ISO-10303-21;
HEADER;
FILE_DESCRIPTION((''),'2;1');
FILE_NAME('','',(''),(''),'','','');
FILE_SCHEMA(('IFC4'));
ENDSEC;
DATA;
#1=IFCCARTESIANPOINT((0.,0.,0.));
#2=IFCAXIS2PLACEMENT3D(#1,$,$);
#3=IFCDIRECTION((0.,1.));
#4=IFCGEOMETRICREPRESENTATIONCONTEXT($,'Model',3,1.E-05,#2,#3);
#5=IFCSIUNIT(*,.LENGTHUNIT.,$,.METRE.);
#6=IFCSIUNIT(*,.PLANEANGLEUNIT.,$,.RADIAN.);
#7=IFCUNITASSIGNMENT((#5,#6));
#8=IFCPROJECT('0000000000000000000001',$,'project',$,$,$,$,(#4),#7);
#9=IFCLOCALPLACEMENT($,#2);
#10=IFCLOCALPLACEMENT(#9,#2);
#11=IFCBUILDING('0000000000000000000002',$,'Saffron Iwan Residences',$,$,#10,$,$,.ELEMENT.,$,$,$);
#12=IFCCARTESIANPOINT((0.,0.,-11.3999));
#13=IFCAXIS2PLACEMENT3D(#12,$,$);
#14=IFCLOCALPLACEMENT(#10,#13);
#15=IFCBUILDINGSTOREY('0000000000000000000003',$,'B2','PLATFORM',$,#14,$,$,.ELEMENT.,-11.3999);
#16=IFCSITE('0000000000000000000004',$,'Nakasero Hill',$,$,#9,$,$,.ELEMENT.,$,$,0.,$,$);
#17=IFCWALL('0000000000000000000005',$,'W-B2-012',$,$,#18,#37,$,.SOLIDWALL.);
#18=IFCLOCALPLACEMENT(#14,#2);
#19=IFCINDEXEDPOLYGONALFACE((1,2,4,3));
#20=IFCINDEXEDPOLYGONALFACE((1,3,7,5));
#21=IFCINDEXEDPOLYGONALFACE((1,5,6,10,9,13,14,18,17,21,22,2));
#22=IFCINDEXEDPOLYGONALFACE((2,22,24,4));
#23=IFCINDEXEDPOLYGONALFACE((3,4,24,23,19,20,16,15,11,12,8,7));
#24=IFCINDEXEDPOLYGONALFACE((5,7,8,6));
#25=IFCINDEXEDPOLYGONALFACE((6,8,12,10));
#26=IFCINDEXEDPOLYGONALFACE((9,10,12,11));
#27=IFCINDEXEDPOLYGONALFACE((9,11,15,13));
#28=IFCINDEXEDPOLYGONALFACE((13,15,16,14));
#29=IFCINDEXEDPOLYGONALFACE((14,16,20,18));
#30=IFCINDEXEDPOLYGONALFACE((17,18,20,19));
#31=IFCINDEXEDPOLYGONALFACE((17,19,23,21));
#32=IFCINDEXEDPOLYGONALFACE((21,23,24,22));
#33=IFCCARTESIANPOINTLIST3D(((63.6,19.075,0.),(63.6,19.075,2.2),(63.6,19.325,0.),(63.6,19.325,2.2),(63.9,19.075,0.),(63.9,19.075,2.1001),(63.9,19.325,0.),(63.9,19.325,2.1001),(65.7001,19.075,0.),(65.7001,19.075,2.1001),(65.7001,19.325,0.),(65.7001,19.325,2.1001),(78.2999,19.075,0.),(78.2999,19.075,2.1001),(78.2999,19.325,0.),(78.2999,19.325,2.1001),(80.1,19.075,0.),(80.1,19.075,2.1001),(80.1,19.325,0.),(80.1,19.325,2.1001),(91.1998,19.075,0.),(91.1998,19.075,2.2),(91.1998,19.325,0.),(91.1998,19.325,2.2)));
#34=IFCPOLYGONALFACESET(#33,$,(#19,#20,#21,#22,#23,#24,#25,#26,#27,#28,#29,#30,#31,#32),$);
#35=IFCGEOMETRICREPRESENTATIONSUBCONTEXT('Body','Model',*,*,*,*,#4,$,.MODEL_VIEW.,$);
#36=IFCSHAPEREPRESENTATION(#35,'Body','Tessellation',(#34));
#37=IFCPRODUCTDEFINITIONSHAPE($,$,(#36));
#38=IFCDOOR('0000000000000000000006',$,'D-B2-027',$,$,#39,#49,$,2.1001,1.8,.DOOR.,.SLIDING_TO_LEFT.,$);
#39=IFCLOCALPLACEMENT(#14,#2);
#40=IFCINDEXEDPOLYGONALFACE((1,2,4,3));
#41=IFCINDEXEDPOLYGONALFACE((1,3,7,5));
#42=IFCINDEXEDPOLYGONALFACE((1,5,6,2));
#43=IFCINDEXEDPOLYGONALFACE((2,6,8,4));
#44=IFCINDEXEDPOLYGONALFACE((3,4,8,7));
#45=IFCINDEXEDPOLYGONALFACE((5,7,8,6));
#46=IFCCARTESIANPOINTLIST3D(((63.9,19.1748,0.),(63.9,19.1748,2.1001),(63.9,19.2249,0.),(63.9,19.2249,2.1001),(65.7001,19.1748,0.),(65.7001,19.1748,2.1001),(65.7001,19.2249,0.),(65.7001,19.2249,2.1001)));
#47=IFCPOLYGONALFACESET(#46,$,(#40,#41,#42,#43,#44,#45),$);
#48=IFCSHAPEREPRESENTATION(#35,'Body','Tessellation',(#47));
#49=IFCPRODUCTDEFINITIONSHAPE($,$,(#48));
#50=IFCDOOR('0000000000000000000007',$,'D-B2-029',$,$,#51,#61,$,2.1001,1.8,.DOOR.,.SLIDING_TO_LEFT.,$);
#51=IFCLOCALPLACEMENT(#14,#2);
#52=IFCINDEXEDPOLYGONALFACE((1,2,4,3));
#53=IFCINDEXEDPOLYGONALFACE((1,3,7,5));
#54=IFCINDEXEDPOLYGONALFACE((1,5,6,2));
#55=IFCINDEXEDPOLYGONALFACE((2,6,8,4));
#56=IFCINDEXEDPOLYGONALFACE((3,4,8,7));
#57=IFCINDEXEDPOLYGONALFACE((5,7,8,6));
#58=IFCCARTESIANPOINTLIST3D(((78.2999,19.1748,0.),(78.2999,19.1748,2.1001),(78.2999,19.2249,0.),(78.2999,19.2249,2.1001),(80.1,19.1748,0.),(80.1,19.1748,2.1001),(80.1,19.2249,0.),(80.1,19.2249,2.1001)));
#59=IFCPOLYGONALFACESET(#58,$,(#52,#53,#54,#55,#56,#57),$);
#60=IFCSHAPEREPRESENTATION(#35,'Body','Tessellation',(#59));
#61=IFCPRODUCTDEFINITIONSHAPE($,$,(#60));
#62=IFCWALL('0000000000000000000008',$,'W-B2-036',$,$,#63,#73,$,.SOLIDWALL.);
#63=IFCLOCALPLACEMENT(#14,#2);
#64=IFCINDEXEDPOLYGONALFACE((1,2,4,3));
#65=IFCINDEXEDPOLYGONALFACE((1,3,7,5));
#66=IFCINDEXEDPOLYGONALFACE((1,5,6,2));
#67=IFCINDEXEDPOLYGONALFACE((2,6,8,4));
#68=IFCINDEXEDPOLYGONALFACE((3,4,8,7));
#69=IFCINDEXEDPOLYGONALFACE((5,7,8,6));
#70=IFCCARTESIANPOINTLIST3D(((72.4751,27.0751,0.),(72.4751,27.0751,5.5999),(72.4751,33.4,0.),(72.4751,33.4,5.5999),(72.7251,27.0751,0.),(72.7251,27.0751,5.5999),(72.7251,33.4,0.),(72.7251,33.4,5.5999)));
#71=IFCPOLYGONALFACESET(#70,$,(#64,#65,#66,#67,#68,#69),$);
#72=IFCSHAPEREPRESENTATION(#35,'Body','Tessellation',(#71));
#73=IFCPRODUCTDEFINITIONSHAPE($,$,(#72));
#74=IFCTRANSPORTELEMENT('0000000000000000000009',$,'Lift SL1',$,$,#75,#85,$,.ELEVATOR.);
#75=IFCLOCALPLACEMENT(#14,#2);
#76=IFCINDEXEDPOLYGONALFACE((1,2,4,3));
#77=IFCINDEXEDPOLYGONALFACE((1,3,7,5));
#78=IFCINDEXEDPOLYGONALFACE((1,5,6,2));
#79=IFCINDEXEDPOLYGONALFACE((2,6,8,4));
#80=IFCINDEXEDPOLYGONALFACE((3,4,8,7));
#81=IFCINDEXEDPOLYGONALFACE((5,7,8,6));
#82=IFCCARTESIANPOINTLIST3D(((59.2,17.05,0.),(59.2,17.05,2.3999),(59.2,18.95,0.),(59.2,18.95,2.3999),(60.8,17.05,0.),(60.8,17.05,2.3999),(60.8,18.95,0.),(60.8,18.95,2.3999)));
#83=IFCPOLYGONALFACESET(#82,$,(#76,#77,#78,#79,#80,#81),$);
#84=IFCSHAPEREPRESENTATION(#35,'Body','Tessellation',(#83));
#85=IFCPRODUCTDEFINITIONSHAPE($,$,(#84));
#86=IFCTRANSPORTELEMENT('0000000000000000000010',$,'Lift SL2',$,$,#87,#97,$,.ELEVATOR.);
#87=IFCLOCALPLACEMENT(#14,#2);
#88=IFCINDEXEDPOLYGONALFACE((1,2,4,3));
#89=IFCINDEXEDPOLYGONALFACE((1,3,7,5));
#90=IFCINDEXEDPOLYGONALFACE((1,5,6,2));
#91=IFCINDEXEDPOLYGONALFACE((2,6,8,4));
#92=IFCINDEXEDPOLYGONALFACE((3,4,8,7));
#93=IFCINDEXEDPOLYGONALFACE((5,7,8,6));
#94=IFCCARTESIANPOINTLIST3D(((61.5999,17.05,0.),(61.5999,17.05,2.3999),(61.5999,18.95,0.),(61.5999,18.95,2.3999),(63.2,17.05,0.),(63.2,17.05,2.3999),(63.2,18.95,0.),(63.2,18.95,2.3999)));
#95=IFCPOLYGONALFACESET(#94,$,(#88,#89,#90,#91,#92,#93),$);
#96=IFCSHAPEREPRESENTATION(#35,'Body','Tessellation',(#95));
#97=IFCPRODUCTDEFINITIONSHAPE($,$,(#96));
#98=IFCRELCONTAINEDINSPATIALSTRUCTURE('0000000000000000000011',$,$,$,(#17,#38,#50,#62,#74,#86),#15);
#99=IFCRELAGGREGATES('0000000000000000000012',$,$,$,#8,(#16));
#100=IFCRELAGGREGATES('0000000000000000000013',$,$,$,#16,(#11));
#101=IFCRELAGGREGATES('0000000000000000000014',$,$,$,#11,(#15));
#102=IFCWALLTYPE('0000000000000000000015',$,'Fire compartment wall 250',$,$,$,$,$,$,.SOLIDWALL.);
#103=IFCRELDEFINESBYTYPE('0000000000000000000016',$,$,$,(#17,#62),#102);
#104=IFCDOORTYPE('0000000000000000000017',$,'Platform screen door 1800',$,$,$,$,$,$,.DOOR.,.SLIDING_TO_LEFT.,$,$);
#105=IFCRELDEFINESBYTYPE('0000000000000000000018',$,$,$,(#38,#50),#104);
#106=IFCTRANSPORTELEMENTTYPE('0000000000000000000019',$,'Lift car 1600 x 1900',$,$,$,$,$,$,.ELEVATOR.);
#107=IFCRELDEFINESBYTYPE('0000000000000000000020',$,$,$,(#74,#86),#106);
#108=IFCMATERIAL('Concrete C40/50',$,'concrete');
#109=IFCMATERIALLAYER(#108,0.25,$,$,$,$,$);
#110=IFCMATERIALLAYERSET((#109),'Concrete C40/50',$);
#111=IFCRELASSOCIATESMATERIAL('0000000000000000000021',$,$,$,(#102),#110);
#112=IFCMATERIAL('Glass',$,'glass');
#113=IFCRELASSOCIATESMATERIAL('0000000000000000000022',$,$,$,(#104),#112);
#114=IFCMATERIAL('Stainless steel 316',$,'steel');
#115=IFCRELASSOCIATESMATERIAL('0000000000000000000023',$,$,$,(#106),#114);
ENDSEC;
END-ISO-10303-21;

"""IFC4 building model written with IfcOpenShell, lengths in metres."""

from ifc_helpers import new_model, si_unit, direction, frame, frame_2d, origin, origin_2d, place, context, subcontext, project, spatial, rectangle, extrude, source, transform, mapped, material, layer, layer_set, type_object, element, fill, save


model = new_model("IFC4")

# Units and contexts
model_context = context("Model", 3, precision=1e-05, world=origin(), true_north=direction((0.0, 1.0)))
body_context = subcontext(model_context, "Body", "Model", "MODEL_VIEW")
ifc_project = project(units=[si_unit("LENGTHUNIT", "METRE"), si_unit("PLANEANGLEUNIT", "RADIAN")], contexts=[model_context])

# Site, building, storey
site_placement = place(None, origin())
site = spatial("IfcSite", under=ifc_project, at=site_placement, Name="Nakasero Hill", CompositionType="ELEMENT", RefElevation=0.0)
building_placement = place(site_placement, origin())
building = spatial("IfcBuilding", under=site, at=building_placement, Name="Saffron Iwan Residences", CompositionType="ELEMENT")
storey_placement = place(building_placement, frame((0.0, 0.0, -11.3999)))
storey = spatial("IfcBuildingStorey", under=building, at=storey_placement, Name="B2", Description="PLATFORM", CompositionType="ELEMENT", Elevation=-11.3999)

# Shared definitions
ifc_material_1 = material(Name="Concrete C40/50", Category="concrete")

# Wall, openings, doors
ifc_layer_1 = layer(ifc_material_1, 0.25)
ifc_layer_set_1 = layer_set([ifc_layer_1], Name="Concrete C40/50")
wall_type_1 = type_object("IfcWallType", Name="Fire compartment wall 250", PredefinedType="SOLIDWALL", material=ifc_layer_set_1)
wall_1_placement = place(storey_placement, frame((63.6001, 19.2, 0.0), z_axis=(0.0, 0.0, 1.0), x_axis=(1.0, 0.0, 0.0)))
wall_1 = element("IfcWall", 1, at=wall_1_placement, inside=storey, type_object=wall_type_1, Name="W-B2-012", PredefinedType="SOLIDWALL", context=body_context, shape_type="SweptSolid", body=[
    extrude(rectangle(XDim=27.5999, YDim=0.25, at=frame_2d((13.7998, 0.0))), origin(), (0.0, 0.0, 1.0), 2.2),
])
opening_1_placement = place(wall_1_placement, frame((0.3, 0.0, 0.0)))
opening_1 = element("IfcOpeningElement", 2, at=opening_1_placement, cuts=wall_1, PredefinedType="OPENING", context=body_context, shape_type="SweptSolid", body=[
    extrude(rectangle(XDim=1.8, YDim=2.1001, at=frame_2d((0.8999, 1.05))), frame((0.0, 0.135, 0.0), z_axis=(0.0, -1.0, 0.0), x_axis=(1.0, 0.0, 0.0)), (0.0, 0.0, 1.0), 0.27),
])
opening_2_placement = place(wall_1_placement, frame((14.7, 0.0, 0.0)))
opening_2 = element("IfcOpeningElement", 3, at=opening_2_placement, cuts=wall_1, PredefinedType="OPENING", context=body_context, shape_type="SweptSolid", body=[
    extrude(rectangle(XDim=1.8, YDim=2.1001, at=frame_2d((0.8999, 1.05))), frame((0.0, 0.135, 0.0), z_axis=(0.0, -1.0, 0.0), x_axis=(1.0, 0.0, 0.0)), (0.0, 0.0, 1.0), 0.27),
])
ifc_material_2 = material(Name="Glass", Category="glass")
door_type_1 = type_object("IfcDoorType", Name="Platform screen door 1800", OperationType="SLIDING_TO_LEFT", PredefinedType="DOOR", material=ifc_material_2)
door_1_placement = place(opening_1_placement, origin())
door_1 = element("IfcDoor", 4, at=door_1_placement, inside=storey, type_object=door_type_1, Name="D-B2-027", OperationType="SLIDING_TO_LEFT", OverallHeight=2.1001, OverallWidth=1.8, PredefinedType="DOOR", context=body_context, shape_type="SweptSolid", body=[
    extrude(rectangle(XDim=1.8, YDim=2.1001, at=frame_2d((0.8999, 1.05))), frame((0.0, 0.0249, 0.0), z_axis=(0.0, -1.0, 0.0), x_axis=(1.0, 0.0, 0.0)), (0.0, 0.0, 1.0), 0.05),
])
fill(opening_1, door_1)
door_2_placement = place(opening_2_placement, origin())
door_2 = element("IfcDoor", 5, at=door_2_placement, inside=storey, type_object=door_type_1, Name="D-B2-029", OperationType="SLIDING_TO_LEFT", OverallHeight=2.1001, OverallWidth=1.8, PredefinedType="DOOR", context=body_context, shape_type="SweptSolid", body=[
    extrude(rectangle(XDim=1.8, YDim=2.1001, at=frame_2d((0.8999, 1.05))), frame((0.0, 0.0249, 0.0), z_axis=(0.0, -1.0, 0.0), x_axis=(1.0, 0.0, 0.0)), (0.0, 0.0, 1.0), 0.05),
])
fill(opening_2, door_2)

# Wall
wall_2_placement = place(storey_placement, frame((72.6001, 27.075, 0.0), z_axis=(0.0, 0.0, 1.0), x_axis=(0.0, 1.0, 0.0)))
element("IfcWall", 6, at=wall_2_placement, inside=storey, type_object=wall_type_1, Name="W-B2-036", PredefinedType="SOLIDWALL", context=body_context, shape_type="SweptSolid", body=[
    extrude(rectangle(XDim=6.325, YDim=0.25, at=frame_2d((3.1626, 0.0))), origin(), (0.0, 0.0, 1.0), 5.5999),
])

# Transport elements
ifc_material_3 = material(Name="Stainless steel 316", Category="steel")
transport_element_type = type_object("IfcTransportElementType", Name="Lift car 1600 x 1900", PredefinedType="ELEVATOR", material=ifc_material_3)
shared_shape_1 = source(origin(), body_context, "Body", "SweptSolid", [
    extrude(rectangle(XDim=1.6001, YDim=1.8999, at=origin_2d()), origin(), (0.0, 0.0, 1.0), 2.3999),
])
for number, where, z_axis, x_axis, name in (
    (7, (60.0, 18.0, 0.0), (0.0, 0.0, 1.0), (1.0, 0.0, 0.0), "Lift SL1"),
    (8, (62.3999, 18.0, 0.0), (0.0, 0.0, 1.0), (1.0, 0.0, 0.0), "Lift SL2"),
):
    element("IfcTransportElement", number, at=place(storey_placement, frame(where, z_axis=z_axis, x_axis=x_axis)), inside=storey, type_object=transport_element_type, Name=name, PredefinedType="ELEVATOR", context=body_context, shape_type="MappedRepresentation", body=[
        mapped(shared_shape_1, transform((0.0, 0.0, 0.0))),
    ])

save(model, "model.ifc")
